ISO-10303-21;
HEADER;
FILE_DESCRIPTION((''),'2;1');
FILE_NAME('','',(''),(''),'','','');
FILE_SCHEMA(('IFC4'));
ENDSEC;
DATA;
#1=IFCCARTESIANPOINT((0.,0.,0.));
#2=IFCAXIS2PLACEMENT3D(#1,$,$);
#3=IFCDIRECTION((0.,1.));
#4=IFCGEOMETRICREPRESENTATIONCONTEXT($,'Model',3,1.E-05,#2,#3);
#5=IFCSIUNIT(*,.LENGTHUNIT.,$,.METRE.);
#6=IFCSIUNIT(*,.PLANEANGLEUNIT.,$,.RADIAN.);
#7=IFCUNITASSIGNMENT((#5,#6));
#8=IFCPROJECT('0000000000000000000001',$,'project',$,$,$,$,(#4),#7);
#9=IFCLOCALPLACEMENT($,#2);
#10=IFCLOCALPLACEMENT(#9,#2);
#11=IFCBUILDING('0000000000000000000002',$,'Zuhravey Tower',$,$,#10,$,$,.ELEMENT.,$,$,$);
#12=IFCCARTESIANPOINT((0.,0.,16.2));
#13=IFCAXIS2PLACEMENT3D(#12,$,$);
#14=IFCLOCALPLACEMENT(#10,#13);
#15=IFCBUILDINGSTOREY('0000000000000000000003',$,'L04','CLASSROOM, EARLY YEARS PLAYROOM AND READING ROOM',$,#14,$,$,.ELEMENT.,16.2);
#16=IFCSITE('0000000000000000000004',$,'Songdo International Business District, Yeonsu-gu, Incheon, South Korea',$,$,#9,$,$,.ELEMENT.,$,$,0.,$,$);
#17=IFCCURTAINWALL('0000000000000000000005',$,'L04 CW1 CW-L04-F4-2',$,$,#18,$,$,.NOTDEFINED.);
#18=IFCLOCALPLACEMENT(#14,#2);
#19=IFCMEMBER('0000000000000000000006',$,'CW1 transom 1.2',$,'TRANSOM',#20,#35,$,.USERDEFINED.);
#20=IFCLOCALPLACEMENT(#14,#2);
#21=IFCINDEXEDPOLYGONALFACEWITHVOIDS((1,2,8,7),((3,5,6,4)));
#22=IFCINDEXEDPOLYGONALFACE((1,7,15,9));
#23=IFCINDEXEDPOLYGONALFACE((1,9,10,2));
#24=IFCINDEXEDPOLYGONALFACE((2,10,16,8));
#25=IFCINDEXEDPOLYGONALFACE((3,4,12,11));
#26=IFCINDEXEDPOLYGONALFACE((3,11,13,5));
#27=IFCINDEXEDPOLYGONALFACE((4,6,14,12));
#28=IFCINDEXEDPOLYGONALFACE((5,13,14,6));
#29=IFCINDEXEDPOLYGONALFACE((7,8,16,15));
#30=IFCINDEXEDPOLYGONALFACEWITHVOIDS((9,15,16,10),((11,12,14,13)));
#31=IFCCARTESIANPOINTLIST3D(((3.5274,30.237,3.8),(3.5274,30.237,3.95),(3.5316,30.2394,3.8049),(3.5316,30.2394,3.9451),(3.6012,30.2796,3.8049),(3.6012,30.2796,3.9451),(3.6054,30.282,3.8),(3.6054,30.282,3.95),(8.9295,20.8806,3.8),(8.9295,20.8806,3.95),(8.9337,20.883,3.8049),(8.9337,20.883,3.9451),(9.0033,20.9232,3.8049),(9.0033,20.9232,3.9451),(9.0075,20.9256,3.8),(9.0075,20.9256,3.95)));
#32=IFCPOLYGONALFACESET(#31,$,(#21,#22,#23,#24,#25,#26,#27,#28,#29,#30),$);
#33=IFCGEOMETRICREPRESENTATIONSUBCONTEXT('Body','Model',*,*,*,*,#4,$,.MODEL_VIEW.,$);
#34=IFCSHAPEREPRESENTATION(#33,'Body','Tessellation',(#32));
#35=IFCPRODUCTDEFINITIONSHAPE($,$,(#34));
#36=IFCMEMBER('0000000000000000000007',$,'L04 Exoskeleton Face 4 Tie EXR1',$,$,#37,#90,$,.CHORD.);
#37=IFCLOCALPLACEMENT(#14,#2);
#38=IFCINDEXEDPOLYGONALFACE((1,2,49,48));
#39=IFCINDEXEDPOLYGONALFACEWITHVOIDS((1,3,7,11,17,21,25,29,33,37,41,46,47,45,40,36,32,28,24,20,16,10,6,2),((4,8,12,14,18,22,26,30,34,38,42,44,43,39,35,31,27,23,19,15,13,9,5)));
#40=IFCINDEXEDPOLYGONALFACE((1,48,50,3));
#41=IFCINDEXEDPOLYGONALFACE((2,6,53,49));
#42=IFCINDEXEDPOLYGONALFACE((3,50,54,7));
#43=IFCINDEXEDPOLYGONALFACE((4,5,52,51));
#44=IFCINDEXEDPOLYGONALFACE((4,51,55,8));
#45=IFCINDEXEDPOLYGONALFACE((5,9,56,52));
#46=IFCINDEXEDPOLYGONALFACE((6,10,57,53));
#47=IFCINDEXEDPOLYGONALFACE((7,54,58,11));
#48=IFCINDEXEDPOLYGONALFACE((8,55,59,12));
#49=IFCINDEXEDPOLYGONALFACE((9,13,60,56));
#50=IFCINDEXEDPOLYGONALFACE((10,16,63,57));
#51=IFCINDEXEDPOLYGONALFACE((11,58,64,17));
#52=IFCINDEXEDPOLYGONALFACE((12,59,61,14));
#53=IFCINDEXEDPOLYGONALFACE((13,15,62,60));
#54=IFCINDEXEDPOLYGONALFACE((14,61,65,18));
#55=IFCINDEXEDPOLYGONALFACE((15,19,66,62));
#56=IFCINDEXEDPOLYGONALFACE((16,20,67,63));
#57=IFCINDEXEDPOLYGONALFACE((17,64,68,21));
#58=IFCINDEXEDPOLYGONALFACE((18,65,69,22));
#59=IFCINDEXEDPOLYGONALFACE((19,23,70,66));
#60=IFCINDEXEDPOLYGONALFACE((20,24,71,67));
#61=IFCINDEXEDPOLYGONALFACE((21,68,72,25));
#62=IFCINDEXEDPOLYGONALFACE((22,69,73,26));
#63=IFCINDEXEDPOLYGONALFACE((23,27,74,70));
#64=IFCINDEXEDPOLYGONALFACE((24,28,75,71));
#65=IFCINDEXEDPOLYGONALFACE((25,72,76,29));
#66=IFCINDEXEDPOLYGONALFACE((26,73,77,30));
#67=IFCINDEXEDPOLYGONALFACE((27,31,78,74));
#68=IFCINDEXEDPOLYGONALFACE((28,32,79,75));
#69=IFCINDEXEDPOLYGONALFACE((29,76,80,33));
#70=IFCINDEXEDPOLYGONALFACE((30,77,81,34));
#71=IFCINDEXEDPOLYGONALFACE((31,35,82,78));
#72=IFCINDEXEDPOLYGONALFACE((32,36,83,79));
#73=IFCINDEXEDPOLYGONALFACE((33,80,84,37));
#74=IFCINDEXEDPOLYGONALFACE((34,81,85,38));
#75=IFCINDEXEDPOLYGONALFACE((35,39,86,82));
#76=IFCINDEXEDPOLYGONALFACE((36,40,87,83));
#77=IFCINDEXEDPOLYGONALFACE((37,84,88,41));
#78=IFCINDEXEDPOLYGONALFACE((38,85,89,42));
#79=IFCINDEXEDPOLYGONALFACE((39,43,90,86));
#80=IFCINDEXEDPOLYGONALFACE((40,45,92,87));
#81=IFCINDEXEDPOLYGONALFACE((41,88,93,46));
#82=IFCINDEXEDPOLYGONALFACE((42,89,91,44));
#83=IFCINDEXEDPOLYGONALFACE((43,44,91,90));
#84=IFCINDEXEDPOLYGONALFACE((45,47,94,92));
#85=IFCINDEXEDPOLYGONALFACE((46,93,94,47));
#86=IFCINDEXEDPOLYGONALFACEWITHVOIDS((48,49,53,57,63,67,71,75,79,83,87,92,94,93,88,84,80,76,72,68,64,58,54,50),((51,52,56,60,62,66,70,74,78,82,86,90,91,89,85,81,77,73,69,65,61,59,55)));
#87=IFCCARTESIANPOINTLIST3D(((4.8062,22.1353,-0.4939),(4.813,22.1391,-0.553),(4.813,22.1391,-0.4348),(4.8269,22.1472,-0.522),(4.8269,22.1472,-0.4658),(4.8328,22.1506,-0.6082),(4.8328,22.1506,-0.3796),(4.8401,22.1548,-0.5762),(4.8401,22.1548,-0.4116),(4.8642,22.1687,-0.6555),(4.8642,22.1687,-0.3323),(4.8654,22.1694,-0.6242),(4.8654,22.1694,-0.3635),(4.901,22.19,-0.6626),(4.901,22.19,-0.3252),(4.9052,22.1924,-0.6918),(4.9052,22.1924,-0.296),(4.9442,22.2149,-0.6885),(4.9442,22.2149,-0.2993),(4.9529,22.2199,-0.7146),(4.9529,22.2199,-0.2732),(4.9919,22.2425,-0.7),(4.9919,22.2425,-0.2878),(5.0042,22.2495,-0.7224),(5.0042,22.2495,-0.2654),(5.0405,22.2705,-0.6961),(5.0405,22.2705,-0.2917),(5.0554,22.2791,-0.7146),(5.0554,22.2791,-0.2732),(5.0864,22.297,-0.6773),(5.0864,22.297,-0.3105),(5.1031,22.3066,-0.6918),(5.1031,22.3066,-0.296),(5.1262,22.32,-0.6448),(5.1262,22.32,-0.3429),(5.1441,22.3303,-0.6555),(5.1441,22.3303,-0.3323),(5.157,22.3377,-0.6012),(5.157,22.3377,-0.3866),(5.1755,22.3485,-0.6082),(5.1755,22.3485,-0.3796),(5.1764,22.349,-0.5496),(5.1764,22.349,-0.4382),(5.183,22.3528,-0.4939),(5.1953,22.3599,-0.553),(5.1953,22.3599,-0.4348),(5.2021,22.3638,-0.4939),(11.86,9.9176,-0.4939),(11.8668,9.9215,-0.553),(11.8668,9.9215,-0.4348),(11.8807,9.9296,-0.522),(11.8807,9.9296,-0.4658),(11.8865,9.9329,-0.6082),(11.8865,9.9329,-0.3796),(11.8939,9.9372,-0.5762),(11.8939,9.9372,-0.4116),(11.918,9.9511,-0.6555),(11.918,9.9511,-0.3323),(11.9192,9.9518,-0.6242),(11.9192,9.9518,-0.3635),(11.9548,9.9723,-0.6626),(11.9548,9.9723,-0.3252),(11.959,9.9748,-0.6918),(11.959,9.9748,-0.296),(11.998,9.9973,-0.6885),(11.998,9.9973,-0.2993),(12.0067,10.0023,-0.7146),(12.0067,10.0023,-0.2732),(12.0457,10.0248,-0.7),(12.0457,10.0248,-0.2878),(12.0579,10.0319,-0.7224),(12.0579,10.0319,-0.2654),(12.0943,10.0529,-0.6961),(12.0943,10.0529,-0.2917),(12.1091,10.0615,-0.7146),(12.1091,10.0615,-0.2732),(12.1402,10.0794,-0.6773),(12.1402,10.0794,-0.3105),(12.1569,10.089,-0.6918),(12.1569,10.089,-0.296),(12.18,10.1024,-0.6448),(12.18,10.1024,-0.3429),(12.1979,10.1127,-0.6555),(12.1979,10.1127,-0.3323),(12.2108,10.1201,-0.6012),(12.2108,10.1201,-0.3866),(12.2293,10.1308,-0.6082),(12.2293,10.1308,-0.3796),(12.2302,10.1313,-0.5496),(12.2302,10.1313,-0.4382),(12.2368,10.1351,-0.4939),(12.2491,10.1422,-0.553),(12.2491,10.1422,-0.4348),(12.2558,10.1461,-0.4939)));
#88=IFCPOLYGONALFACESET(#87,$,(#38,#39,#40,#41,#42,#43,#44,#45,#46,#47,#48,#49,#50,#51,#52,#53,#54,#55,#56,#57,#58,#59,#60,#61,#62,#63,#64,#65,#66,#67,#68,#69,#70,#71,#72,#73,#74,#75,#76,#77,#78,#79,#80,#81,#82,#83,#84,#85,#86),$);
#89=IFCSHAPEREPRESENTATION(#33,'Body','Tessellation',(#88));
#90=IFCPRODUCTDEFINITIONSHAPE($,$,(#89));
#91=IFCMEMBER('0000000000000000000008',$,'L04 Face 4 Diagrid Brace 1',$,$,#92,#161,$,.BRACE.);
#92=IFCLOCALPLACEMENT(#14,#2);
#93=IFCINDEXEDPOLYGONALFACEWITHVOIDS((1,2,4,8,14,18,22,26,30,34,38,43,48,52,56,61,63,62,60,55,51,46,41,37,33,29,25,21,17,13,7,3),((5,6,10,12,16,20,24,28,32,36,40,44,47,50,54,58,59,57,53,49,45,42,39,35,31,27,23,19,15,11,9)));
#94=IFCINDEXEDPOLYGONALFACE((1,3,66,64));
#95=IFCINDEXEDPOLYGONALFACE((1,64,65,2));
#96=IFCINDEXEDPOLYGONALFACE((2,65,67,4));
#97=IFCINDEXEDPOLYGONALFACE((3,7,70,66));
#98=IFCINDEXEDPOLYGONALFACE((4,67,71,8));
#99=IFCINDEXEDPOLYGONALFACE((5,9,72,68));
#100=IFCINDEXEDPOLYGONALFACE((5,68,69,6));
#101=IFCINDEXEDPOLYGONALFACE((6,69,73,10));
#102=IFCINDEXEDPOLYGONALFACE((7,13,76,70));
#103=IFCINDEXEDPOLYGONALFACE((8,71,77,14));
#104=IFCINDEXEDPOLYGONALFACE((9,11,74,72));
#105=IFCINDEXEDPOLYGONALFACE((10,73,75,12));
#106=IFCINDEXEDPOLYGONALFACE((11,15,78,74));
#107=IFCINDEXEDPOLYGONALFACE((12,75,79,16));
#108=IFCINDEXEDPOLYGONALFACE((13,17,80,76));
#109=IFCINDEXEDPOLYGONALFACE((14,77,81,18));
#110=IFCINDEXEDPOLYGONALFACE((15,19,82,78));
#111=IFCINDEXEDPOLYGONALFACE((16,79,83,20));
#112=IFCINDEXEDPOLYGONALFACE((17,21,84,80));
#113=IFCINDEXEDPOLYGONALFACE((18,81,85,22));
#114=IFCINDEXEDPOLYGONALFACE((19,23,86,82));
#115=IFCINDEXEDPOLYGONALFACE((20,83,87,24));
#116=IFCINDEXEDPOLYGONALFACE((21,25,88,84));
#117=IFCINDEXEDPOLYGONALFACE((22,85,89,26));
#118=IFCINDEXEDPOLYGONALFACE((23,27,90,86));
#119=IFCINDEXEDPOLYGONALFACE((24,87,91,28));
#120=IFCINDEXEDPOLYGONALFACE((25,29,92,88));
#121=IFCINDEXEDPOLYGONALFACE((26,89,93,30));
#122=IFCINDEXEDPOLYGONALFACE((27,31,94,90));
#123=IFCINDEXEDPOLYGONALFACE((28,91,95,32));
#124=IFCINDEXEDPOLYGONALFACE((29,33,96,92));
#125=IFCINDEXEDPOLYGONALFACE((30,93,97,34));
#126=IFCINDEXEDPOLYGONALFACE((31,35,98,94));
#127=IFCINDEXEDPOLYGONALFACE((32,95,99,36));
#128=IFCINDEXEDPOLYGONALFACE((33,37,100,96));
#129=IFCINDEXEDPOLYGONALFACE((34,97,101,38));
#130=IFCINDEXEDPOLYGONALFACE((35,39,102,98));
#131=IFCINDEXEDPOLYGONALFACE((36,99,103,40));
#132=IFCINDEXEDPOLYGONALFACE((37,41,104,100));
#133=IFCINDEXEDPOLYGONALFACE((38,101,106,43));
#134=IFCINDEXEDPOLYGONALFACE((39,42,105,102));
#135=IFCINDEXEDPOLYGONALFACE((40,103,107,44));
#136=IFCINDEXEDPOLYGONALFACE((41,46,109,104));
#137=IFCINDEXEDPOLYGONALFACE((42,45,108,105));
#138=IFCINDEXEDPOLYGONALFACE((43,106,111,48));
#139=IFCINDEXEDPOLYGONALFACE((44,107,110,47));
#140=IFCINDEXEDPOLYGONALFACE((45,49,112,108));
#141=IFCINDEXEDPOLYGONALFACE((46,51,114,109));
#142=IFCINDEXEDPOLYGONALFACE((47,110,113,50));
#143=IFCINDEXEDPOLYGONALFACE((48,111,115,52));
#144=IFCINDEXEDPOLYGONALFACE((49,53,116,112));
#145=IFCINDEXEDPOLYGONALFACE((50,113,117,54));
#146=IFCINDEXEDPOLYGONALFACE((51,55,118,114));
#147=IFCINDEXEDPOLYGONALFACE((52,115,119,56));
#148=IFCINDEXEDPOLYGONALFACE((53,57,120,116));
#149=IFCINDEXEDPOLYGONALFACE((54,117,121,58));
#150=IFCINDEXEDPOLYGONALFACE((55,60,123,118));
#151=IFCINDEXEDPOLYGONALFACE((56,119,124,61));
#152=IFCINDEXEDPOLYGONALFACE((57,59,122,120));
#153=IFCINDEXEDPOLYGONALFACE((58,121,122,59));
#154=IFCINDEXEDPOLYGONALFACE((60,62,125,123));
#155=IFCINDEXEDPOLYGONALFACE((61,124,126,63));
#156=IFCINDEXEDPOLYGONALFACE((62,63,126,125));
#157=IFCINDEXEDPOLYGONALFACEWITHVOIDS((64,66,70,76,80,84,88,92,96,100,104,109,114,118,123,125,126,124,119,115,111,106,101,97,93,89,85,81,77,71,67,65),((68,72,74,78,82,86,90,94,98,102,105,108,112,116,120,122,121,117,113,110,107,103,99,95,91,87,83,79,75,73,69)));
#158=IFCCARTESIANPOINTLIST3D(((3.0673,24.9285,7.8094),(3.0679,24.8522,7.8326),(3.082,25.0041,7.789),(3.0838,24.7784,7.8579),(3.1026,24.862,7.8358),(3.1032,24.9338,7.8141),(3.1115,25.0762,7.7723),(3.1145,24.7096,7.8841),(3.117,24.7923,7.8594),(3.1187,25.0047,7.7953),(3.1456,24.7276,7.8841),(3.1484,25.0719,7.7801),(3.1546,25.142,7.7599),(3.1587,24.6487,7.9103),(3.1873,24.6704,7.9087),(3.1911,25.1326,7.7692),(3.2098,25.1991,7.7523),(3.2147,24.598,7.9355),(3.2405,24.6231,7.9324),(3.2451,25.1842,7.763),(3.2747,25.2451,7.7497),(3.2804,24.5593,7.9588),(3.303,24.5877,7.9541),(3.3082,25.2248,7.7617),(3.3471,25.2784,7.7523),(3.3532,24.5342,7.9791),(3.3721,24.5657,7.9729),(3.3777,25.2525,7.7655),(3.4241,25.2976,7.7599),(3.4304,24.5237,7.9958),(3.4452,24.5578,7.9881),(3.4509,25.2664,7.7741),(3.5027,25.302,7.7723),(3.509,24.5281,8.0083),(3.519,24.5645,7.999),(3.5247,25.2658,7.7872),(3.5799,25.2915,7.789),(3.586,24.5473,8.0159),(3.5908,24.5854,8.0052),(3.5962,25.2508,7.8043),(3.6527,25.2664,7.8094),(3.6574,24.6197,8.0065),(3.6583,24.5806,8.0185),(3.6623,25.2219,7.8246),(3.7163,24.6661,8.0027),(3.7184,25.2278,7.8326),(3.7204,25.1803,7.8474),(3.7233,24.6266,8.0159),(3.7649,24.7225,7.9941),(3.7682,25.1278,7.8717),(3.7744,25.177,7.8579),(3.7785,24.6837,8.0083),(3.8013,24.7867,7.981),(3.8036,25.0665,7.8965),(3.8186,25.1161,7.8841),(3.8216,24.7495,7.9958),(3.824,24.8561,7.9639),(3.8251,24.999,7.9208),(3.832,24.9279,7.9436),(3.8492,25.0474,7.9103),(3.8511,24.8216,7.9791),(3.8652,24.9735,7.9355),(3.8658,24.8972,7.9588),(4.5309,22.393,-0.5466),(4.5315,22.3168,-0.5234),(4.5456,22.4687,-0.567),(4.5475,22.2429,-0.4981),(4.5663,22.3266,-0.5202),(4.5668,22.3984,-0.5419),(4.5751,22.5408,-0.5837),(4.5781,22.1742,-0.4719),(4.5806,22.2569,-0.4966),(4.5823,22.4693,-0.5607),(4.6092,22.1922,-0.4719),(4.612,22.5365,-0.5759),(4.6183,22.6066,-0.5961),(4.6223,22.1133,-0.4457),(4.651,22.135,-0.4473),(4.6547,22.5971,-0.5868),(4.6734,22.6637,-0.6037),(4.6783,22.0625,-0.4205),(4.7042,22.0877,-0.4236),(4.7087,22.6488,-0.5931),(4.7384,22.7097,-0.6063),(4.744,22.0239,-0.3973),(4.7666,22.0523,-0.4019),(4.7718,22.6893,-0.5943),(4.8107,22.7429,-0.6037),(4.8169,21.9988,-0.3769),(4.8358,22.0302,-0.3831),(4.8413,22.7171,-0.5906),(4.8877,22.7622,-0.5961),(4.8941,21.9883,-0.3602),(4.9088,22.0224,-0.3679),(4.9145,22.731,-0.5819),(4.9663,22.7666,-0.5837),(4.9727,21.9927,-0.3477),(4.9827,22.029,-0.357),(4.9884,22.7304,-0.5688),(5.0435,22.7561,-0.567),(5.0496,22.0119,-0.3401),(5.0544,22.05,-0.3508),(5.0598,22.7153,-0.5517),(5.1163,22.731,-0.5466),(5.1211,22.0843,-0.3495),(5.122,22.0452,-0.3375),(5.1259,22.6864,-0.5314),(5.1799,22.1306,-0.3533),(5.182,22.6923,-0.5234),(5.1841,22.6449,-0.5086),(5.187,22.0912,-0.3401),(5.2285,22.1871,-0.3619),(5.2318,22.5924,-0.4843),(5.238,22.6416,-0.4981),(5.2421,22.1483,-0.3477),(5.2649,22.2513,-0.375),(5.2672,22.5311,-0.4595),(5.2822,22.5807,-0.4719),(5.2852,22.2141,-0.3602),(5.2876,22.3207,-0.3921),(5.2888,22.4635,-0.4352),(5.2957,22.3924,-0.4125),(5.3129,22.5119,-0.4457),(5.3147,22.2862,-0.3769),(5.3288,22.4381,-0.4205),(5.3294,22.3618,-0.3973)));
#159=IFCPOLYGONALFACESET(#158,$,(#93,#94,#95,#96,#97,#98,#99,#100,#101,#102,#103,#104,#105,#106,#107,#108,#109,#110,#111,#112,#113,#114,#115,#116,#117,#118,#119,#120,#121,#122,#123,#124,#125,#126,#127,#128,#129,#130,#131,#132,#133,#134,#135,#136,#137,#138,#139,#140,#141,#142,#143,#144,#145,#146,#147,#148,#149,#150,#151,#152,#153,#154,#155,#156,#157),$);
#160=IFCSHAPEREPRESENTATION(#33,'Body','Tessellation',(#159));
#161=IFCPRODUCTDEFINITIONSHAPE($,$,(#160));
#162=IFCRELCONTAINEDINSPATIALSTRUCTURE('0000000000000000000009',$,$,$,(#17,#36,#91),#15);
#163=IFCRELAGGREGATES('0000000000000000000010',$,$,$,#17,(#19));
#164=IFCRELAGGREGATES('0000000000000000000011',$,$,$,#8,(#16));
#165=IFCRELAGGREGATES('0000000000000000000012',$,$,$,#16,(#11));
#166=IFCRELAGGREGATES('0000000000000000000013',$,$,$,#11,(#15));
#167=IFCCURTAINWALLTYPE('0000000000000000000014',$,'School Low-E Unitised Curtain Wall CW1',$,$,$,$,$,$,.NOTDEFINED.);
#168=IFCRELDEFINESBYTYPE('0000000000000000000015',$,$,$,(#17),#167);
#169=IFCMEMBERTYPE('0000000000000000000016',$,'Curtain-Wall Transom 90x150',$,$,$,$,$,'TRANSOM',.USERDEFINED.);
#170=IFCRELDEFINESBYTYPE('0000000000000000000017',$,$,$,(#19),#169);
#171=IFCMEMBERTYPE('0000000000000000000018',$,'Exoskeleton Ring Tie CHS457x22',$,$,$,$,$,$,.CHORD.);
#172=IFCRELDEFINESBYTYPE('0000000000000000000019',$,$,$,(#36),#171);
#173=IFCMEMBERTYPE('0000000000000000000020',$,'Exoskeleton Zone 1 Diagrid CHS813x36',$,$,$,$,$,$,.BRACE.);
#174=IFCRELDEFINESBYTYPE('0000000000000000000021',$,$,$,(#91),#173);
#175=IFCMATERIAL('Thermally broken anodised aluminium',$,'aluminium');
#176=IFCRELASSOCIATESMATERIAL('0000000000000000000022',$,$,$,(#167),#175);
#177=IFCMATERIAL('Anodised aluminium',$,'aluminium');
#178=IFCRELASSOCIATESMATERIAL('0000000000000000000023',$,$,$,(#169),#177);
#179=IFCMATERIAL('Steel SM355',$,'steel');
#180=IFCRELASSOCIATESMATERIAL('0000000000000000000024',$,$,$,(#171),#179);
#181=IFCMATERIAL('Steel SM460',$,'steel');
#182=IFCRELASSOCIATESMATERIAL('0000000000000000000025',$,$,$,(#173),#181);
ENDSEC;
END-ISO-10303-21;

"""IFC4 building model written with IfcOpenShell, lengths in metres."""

from ifc_helpers import new_model, si_unit, direction, frame, origin, origin_2d, place, context, subcontext, project, spatial, hollow_rectangle, hollow_circle, extrude, material, material_profile, profile_set, type_object, element, aggregate, save


model = new_model("IFC4")

# Units and contexts
model_context = context("Model", 3, precision=1e-05, world=origin(), true_north=direction((0.0, 1.0)))
body_context = subcontext(model_context, "Body", "Model", "MODEL_VIEW")
ifc_project = project(units=[si_unit("LENGTHUNIT", "METRE"), si_unit("PLANEANGLEUNIT", "RADIAN")], contexts=[model_context])

# Site, building, storey
site_placement = place(None, origin())
site = spatial("IfcSite", under=ifc_project, at=site_placement, Name="Songdo International Business District, Yeonsu-gu, Incheon, South Korea", CompositionType="ELEMENT", RefElevation=0.0)
building_placement = place(site_placement, origin())
building = spatial("IfcBuilding", under=site, at=building_placement, Name="Zuhravey Tower", CompositionType="ELEMENT")
storey_placement = place(building_placement, frame((0.0, 0.0, 16.2)))
storey = spatial("IfcBuildingStorey", under=building, at=storey_placement, Name="L04", Description="CLASSROOM, EARLY YEARS PLAYROOM AND READING ROOM", CompositionType="ELEMENT", Elevation=16.2)

# Curtain wall
ifc_material_1 = material(Name="Thermally broken anodised aluminium", Category="aluminium")
curtain_wall_type = type_object("IfcCurtainWallType", Name="School Low-E Unitised Curtain Wall CW1", PredefinedType="NOTDEFINED", material=ifc_material_1)
ifc_material_2 = material(Name="Anodised aluminium", Category="aluminium")
curtain_wall_1_placement = place(storey_placement, origin())
curtain_wall_1 = element("IfcCurtainWall", 1, at=curtain_wall_1_placement, inside=storey, type_object=curtain_wall_type, Name="L04 CW1 CW-L04-F4-2", PredefinedType="NOTDEFINED")

# Member
ifc_material_profile_1 = material_profile(ifc_material_2, hollow_rectangle(XDim=0.0901, YDim=0.1499, WallThickness=0.0049, at=origin_2d()), Name="ALU-RHS-90x150x5")
ifc_profile_set_1 = profile_set([ifc_material_profile_1], Name="Anodised aluminium")
member_type_1 = type_object("IfcMemberType", Name="Curtain-Wall Transom 90x150", ElementType="TRANSOM", PredefinedType="USERDEFINED", material=ifc_profile_set_1)
member_1_placement = place(storey_placement, frame((8.9685, 20.9031, 3.875), z_axis=(-0.500011, 0.866019, 0.0), x_axis=(-0.866019, -0.500011, 0.0)))
member_1 = element("IfcMember", 2, at=member_1_placement, type_object=member_type_1, Name="CW1 transom 1.2", ObjectType="TRANSOM", PredefinedType="USERDEFINED", context=body_context, shape_type="SweptSolid", body=[
    extrude(hollow_rectangle(XDim=0.0901, YDim=0.1499, WallThickness=0.0049, at=origin_2d()), origin(), (0.0, 0.0, 1.0), 10.804),
])

# Members
ifc_material_3 = material(Name="Steel SM355", Category="steel")
ifc_material_profile_2 = material_profile(ifc_material_3, hollow_circle(Radius=0.2285, WallThickness=0.022, at=origin_2d()), Name="CHS-457.2x22")
ifc_profile_set_2 = profile_set([ifc_material_profile_2], Name="Steel SM355")
member_type_2 = type_object("IfcMemberType", Name="Exoskeleton Ring Tie CHS457x22", PredefinedType="CHORD", material=ifc_profile_set_2)
member_2_placement = place(storey_placement, frame((5.0042, 22.2495, -0.4939), z_axis=(0.499996, -0.866028, 0.0), x_axis=(0.866028, 0.499996, 0.0)))
element("IfcMember", 3, at=member_2_placement, inside=storey, type_object=member_type_2, Name="L04 Exoskeleton Face 4 Tie EXR1", PredefinedType="CHORD", context=body_context, shape_type="SweptSolid", body=[
    extrude(hollow_circle(Radius=0.2285, WallThickness=0.022, at=origin_2d()), origin(), (0.0, 0.0, 1.0), 14.1077),
])
ifc_material_4 = material(Name="Steel SM460", Category="steel")
ifc_material_profile_3 = material_profile(ifc_material_4, hollow_circle(Radius=0.4065, WallThickness=0.0359, at=origin_2d()), Name="CHS-812.8x36")
ifc_profile_set_3 = profile_set([ifc_material_profile_3], Name="Steel SM460")
member_type_3 = type_object("IfcMemberType", Name="Exoskeleton Zone 1 Diagrid CHS813x36", PredefinedType="BRACE", material=ifc_profile_set_3)
member_3_placement = place(storey_placement, frame((4.9302, 22.3774, -0.4719), z_axis=(-0.165307, 0.286358, 0.943755), x_axis=(-0.866054, -0.499951, 0.0)))
element("IfcMember", 4, at=member_3_placement, inside=storey, type_object=member_type_3, Name="L04 Face 4 Diagrid Brace 1", PredefinedType="BRACE", context=body_context, shape_type="SweptSolid", body=[
    extrude(hollow_circle(Radius=0.4065, WallThickness=0.0359, at=origin_2d()), origin(), (0.0, 0.0, 1.0), 8.854),
])

aggregate(curtain_wall_1, [member_1])

save(model, "model.ifc")
